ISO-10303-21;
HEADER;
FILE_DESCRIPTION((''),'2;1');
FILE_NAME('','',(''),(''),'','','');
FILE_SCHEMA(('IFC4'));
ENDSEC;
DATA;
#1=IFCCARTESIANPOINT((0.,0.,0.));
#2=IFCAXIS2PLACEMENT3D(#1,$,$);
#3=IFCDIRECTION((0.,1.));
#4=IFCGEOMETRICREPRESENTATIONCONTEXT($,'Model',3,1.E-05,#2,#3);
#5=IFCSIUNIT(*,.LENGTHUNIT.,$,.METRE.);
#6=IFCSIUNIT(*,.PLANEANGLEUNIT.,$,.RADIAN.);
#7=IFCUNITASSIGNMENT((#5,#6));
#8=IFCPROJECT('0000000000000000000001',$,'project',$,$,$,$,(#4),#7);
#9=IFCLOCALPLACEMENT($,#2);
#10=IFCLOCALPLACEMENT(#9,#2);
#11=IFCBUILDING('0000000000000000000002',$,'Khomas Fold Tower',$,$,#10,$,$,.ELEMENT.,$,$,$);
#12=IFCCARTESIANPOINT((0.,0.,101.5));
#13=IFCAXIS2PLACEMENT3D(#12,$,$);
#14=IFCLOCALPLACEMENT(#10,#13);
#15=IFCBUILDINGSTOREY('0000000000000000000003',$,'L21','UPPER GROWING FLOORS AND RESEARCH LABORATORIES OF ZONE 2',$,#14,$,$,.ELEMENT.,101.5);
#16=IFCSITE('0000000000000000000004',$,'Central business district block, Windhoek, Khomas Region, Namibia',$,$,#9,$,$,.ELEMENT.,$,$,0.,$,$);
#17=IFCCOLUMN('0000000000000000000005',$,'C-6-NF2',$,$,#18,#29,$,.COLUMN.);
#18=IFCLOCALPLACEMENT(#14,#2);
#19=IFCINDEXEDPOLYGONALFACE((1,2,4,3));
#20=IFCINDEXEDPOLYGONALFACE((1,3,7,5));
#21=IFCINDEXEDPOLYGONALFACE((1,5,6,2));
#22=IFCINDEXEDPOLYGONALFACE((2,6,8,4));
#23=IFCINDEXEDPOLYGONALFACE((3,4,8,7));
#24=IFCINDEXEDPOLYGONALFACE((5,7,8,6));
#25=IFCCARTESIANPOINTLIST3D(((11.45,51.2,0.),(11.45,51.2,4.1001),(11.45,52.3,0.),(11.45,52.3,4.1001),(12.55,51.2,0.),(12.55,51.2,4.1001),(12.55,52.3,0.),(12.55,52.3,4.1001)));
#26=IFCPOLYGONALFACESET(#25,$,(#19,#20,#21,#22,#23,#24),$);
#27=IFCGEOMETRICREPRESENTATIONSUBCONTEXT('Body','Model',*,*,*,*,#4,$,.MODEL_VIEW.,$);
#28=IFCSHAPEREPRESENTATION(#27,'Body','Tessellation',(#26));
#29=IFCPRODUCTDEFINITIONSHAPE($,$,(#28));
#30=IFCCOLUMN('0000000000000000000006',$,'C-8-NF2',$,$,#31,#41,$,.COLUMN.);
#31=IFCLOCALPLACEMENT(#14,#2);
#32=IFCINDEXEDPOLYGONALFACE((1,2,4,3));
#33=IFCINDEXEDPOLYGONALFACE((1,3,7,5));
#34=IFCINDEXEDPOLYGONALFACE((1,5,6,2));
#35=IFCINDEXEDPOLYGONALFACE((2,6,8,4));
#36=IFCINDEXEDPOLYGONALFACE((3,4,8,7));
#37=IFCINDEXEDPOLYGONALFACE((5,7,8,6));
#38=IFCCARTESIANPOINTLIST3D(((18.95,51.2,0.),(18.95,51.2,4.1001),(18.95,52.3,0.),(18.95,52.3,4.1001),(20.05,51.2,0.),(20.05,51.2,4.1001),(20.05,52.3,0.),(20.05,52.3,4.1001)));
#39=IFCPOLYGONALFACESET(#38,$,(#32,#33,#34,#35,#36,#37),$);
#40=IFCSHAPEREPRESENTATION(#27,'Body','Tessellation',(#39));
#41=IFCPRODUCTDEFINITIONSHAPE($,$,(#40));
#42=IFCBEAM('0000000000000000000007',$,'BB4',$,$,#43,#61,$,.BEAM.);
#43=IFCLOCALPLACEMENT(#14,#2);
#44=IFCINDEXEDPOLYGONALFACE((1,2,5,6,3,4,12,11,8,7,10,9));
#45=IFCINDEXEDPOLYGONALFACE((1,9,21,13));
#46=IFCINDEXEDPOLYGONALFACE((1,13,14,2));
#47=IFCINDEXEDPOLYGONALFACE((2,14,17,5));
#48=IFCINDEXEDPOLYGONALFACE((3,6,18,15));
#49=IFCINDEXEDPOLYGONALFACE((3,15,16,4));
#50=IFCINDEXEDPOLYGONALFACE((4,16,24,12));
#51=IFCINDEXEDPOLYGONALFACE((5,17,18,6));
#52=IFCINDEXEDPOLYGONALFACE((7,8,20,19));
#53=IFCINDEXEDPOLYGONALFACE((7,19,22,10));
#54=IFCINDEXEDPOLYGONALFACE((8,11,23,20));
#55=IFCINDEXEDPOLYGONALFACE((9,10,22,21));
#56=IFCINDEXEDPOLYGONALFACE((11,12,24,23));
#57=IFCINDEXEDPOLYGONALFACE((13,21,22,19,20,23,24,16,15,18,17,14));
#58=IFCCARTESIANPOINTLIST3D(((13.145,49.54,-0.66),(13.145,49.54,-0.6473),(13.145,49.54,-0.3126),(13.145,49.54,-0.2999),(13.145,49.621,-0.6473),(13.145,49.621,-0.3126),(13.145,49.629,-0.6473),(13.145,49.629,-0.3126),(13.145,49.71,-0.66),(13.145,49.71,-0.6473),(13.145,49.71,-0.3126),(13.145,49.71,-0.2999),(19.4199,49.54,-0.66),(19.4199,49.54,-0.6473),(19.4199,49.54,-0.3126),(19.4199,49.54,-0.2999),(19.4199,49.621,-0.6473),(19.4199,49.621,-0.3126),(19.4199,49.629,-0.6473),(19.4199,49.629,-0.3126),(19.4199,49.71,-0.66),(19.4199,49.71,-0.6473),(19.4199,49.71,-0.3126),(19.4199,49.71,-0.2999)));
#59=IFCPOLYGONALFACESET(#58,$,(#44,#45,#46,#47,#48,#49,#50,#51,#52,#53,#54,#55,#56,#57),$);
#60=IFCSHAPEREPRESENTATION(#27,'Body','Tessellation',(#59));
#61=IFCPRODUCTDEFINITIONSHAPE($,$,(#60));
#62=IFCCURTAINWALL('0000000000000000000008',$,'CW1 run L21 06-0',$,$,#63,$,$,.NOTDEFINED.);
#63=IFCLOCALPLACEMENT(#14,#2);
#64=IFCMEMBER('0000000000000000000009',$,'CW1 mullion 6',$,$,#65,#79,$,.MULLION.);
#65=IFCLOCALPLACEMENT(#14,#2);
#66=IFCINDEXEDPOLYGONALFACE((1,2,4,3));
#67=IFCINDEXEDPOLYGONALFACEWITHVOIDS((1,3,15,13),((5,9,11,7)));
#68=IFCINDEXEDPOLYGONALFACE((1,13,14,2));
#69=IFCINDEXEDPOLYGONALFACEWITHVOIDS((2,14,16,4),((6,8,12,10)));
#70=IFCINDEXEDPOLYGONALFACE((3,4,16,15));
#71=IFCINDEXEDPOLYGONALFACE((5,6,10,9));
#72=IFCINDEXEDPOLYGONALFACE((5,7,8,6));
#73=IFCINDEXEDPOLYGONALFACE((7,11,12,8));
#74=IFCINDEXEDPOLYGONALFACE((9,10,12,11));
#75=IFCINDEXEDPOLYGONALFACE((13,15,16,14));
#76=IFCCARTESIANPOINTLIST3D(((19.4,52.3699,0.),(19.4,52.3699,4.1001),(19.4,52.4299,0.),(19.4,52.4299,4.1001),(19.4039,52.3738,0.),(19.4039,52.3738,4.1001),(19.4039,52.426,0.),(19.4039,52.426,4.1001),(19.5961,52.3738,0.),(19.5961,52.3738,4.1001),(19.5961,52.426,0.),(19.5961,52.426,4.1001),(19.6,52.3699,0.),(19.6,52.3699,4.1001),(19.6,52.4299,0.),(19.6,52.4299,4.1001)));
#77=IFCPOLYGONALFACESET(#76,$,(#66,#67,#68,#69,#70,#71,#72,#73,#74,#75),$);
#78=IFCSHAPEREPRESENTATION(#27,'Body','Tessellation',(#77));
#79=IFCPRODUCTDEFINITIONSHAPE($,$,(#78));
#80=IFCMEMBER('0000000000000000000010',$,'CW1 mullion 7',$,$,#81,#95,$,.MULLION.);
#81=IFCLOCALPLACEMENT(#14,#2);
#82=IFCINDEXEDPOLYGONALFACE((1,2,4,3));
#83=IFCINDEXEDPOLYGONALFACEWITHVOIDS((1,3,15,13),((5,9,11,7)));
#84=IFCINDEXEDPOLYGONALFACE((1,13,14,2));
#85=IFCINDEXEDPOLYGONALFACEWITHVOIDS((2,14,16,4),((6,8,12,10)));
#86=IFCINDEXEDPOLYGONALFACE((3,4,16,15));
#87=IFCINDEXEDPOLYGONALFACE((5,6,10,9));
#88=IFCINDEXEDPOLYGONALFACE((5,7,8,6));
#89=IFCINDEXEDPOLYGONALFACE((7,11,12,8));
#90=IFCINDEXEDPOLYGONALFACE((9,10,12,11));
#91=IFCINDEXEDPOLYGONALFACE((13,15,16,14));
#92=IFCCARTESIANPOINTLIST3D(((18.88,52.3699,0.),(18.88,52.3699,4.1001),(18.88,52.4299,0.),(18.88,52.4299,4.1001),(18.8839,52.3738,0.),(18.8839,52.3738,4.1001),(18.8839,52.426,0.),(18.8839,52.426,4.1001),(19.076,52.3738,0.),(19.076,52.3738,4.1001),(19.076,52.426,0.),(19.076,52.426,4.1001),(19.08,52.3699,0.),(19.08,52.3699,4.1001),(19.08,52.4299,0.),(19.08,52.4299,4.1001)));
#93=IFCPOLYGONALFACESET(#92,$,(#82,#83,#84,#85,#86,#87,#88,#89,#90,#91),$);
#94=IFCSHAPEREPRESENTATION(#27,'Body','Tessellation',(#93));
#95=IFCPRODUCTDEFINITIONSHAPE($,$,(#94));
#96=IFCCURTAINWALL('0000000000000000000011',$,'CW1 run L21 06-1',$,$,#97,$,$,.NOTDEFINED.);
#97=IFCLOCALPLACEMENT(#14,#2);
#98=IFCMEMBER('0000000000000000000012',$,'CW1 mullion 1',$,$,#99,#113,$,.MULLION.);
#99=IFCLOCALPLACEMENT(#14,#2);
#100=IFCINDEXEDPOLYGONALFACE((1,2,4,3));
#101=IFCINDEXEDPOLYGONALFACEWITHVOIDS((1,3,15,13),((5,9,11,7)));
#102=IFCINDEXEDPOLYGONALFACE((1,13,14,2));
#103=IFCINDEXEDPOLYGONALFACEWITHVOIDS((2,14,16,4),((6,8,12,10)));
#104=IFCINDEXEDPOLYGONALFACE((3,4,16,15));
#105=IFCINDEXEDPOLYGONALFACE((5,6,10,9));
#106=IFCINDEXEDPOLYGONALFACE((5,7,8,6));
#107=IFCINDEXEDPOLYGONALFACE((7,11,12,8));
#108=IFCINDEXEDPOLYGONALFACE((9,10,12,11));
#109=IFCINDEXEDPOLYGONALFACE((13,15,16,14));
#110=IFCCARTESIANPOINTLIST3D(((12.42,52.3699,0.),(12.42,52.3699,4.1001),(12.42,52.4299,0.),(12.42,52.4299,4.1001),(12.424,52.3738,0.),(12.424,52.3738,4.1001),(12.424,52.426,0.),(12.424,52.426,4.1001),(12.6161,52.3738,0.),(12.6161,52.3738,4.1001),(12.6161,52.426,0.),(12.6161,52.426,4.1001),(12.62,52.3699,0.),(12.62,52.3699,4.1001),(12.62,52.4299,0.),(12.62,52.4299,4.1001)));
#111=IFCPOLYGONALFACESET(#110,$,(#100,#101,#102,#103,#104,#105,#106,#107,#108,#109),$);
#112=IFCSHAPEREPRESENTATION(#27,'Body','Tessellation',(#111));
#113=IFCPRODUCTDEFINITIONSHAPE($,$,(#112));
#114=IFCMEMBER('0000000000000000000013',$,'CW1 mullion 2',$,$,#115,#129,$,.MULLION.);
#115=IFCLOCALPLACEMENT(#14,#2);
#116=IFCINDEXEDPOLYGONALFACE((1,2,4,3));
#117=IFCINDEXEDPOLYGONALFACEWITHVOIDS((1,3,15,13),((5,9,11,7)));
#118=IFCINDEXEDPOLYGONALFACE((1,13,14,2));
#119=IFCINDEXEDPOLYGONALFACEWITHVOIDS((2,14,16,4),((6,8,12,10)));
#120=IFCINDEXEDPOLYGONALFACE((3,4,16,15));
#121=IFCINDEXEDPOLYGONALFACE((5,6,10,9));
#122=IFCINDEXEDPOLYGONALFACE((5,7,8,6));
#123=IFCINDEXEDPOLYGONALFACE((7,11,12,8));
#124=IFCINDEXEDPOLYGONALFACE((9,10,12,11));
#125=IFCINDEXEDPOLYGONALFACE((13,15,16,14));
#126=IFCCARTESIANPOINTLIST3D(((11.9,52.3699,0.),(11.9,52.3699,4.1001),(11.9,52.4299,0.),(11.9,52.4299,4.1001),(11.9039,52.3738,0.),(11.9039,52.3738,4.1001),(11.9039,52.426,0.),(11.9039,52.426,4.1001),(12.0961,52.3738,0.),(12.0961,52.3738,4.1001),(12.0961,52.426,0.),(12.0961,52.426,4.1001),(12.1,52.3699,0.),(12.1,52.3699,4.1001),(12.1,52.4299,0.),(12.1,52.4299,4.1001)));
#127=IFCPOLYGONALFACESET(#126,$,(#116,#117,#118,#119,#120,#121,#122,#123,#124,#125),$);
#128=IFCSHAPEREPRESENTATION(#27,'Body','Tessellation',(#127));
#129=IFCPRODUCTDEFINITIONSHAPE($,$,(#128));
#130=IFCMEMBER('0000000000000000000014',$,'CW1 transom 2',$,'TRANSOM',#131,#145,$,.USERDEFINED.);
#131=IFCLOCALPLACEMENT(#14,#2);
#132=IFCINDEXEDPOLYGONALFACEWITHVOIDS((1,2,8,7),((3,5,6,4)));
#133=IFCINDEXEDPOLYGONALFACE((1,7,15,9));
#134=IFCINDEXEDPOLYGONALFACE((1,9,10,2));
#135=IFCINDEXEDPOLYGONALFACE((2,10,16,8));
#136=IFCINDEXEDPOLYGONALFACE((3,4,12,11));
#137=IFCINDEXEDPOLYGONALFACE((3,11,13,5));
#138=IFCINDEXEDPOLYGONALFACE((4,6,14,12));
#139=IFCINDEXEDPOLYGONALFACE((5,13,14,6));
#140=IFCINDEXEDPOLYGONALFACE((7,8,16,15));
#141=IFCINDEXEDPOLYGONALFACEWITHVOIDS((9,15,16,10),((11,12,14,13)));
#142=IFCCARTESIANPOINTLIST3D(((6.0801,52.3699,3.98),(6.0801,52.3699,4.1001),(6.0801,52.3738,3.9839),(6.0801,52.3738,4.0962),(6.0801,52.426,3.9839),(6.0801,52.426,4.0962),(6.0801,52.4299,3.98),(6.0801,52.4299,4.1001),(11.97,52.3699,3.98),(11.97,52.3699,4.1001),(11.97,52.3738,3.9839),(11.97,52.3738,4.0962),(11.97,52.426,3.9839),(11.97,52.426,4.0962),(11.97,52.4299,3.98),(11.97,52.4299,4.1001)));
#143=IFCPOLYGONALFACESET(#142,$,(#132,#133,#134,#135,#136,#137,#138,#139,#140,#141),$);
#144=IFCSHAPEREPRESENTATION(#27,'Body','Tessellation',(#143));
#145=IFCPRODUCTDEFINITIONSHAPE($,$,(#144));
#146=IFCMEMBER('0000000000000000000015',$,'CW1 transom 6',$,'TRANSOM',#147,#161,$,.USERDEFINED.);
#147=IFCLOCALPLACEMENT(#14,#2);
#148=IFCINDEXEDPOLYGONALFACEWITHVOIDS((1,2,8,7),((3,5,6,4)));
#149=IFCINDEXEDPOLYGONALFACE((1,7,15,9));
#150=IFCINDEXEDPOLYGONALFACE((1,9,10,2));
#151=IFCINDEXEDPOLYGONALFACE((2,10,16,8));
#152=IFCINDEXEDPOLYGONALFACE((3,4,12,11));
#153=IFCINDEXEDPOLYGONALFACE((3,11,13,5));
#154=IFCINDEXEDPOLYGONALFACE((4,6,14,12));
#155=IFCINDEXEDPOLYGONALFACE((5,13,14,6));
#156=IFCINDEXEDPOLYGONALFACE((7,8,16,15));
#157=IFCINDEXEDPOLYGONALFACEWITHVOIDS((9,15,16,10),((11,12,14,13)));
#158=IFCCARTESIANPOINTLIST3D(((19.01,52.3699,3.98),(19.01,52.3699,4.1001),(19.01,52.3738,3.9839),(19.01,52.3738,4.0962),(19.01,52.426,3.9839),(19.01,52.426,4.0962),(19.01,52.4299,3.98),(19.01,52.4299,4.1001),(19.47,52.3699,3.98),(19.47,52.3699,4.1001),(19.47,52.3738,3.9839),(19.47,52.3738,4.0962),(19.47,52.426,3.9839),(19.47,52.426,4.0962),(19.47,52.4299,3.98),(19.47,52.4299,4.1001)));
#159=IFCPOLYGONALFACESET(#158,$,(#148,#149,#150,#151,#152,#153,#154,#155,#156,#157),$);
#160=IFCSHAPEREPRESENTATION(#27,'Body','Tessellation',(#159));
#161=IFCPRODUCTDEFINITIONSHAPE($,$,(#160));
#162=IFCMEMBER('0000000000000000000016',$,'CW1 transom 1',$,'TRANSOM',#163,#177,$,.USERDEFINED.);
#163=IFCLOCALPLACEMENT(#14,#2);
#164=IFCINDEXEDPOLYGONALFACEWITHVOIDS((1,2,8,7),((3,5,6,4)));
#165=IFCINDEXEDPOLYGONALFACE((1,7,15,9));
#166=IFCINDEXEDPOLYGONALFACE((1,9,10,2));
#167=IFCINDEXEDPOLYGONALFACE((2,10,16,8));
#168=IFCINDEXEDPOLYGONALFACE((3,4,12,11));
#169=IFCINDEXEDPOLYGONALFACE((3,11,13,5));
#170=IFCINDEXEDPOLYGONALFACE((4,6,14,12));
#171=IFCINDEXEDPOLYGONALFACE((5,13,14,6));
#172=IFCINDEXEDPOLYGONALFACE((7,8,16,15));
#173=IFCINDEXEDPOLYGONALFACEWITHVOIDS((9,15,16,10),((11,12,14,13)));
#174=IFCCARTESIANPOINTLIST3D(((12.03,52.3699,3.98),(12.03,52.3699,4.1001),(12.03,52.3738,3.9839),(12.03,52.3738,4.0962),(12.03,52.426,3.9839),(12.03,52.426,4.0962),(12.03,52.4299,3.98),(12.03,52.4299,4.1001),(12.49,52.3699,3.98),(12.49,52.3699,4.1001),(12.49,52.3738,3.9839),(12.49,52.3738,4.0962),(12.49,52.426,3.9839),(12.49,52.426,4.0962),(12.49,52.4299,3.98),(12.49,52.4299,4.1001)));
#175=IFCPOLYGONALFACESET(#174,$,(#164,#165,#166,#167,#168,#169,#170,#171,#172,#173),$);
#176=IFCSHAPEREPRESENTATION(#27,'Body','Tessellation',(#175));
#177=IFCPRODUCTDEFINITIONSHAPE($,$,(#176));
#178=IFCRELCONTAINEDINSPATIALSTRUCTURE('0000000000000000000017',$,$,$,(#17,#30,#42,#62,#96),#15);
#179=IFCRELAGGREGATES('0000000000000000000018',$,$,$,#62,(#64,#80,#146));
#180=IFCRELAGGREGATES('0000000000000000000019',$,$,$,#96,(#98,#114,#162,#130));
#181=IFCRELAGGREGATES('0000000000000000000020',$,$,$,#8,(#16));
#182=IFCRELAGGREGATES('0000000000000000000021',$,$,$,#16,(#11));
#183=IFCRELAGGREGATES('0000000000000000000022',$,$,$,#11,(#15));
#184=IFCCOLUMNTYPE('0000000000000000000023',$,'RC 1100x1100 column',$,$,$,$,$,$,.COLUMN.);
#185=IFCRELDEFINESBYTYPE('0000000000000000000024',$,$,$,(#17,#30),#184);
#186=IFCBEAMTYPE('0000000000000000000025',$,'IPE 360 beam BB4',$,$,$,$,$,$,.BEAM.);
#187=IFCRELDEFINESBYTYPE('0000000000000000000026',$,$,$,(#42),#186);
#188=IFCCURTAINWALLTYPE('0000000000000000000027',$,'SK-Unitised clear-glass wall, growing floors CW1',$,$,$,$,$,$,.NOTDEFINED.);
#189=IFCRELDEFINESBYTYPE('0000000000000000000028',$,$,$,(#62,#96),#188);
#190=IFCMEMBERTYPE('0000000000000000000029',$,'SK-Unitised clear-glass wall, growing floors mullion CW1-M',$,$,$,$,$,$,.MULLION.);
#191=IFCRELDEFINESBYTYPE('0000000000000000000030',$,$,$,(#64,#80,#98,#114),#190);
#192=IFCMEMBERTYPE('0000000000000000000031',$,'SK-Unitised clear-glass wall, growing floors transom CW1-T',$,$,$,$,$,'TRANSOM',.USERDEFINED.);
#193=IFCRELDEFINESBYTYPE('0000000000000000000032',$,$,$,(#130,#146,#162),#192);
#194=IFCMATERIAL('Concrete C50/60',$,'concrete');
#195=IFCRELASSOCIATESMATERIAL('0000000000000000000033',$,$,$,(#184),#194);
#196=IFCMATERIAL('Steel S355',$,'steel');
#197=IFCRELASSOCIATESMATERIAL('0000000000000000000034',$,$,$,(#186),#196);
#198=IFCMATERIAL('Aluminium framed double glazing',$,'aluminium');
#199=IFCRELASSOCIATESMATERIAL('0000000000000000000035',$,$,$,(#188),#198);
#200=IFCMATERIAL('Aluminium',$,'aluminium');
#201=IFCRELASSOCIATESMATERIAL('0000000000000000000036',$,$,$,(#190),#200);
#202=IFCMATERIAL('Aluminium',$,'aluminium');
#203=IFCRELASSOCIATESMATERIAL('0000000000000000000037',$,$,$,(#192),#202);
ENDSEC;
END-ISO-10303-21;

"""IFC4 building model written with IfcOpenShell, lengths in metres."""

from ifc_helpers import new_model, si_unit, direction, frame, origin, origin_2d, place, context, subcontext, project, spatial, rectangle, hollow_rectangle, i_section, extrude, source, transform, mapped, material, material_profile, profile_set, type_object, element, aggregate, save


model = new_model("IFC4")

# Units and contexts
model_context = context("Model", 3, precision=1e-05, world=origin(), true_north=direction((0.0, 1.0)))
body_context = subcontext(model_context, "Body", "Model", "MODEL_VIEW")
ifc_project = project(units=[si_unit("LENGTHUNIT", "METRE"), si_unit("PLANEANGLEUNIT", "RADIAN")], contexts=[model_context])

# Site, building, storey
site_placement = place(None, origin())
site = spatial("IfcSite", under=ifc_project, at=site_placement, Name="Central business district block, Windhoek, Khomas Region, Namibia", CompositionType="ELEMENT", RefElevation=0.0)
building_placement = place(site_placement, origin())
building = spatial("IfcBuilding", under=site, at=building_placement, Name="Khomas Fold Tower", CompositionType="ELEMENT")
storey_placement = place(building_placement, frame((0.0, 0.0, 101.5)))
storey = spatial("IfcBuildingStorey", under=building, at=storey_placement, Name="L21", Description="UPPER GROWING FLOORS AND RESEARCH LABORATORIES OF ZONE 2", CompositionType="ELEMENT", Elevation=101.5)

# Columns
ifc_material_1 = material(Name="Concrete C50/60", Category="concrete")
ifc_material_profile_1 = material_profile(ifc_material_1, rectangle(XDim=1.1001, YDim=1.1001, at=origin_2d()), Name="RC 1100x1100")
ifc_profile_set_1 = profile_set([ifc_material_profile_1], Name="Concrete C50/60")
column_type = type_object("IfcColumnType", Name="RC 1100x1100 column", PredefinedType="COLUMN", material=ifc_profile_set_1)
shared_shape_1 = source(origin(), body_context, "Body", "SweptSolid", [
    extrude(rectangle(XDim=1.1001, YDim=1.1001, at=origin_2d()), origin(), (0.0, 0.0, 1.0), 4.1001),
])
for number, where, z_axis, x_axis, name in (
    (1, (12.0, 51.75, 0.0), (0.0, 0.0, 1.0), (1.0, 0.0, 0.0), "C-6-NF2"),
    (2, (19.5, 51.75, 0.0), (0.0, 0.0, 1.0), (1.0, 0.0, 0.0), "C-8-NF2"),
):
    element("IfcColumn", number, at=place(storey_placement, frame(where, z_axis=z_axis, x_axis=x_axis)), inside=storey, type_object=column_type, Name=name, PredefinedType="COLUMN", context=body_context, shape_type="MappedRepresentation", body=[
        mapped(shared_shape_1, transform((0.0, 0.0, 0.0))),
    ])

# Beam
ifc_material_2 = material(Name="Steel S355", Category="steel")
ifc_material_profile_2 = material_profile(ifc_material_2, i_section(OverallWidth=0.1699, OverallDepth=0.3601, WebThickness=0.0081, FlangeThickness=0.0127, at=origin_2d()), Name="IPE 360")
ifc_profile_set_2 = profile_set([ifc_material_profile_2], Name="Steel S355")
beam_type = type_object("IfcBeamType", Name="IPE 360 beam BB4", PredefinedType="BEAM", material=ifc_profile_set_2)
shared_shape_2 = source(origin(), body_context, "Body", "SweptSolid", [
    extrude(i_section(OverallWidth=0.1699, OverallDepth=0.3601, WebThickness=0.0081, FlangeThickness=0.0127, at=origin_2d()), origin(), (0.0, 0.0, 1.0), 6.2749),
])
beam_placement = place(storey_placement, frame((13.145, 49.625, -0.48), z_axis=(1.0, 0.0, 0.0), x_axis=(0.0, 1.0, 0.0)))
element("IfcBeam", 3, at=beam_placement, inside=storey, type_object=beam_type, Name="BB4", PredefinedType="BEAM", context=body_context, shape_type="MappedRepresentation", body=[
    mapped(shared_shape_2, transform((0.0, 0.0, 0.0))),
])

# Curtain walls, members
ifc_material_3 = material(Name="Aluminium framed double glazing", Category="aluminium")
curtain_wall_type = type_object("IfcCurtainWallType", Name="SK-Unitised clear-glass wall, growing floors CW1", PredefinedType="NOTDEFINED", material=ifc_material_3)
curtain_wall_1_placement = place(storey_placement, origin())
curtain_wall_1 = element("IfcCurtainWall", 4, at=curtain_wall_1_placement, inside=storey, type_object=curtain_wall_type, Name="CW1 run L21 06-0", PredefinedType="NOTDEFINED")
ifc_material_4 = material(Name="Aluminium", Category="aluminium")
ifc_material_profile_3 = material_profile(ifc_material_4, hollow_rectangle(XDim=0.0601, YDim=0.2, WallThickness=0.0039, at=origin_2d()), Name="SK-Unitised clear-glass wall, growing floors mullion CW1-M")
ifc_profile_set_3 = profile_set([ifc_material_profile_3], Name="Aluminium")
member_type_1 = type_object("IfcMemberType", Name="SK-Unitised clear-glass wall, growing floors mullion CW1-M", PredefinedType="MULLION", material=ifc_profile_set_3)
shared_shape_3 = source(origin(), body_context, "Body", "SweptSolid", [
    extrude(hollow_rectangle(XDim=0.0601, YDim=0.2, WallThickness=0.0039, at=origin_2d()), origin(), (0.0, 0.0, 1.0), 4.1001),
])
member_1_placement = place(storey_placement, frame((19.5, 52.3999, 0.0), z_axis=(0.0, 0.0, 1.0), x_axis=(0.0, -1.0, 0.0)))
member_1 = element("IfcMember", 5, at=member_1_placement, type_object=member_type_1, Name="CW1 mullion 6", PredefinedType="MULLION", context=body_context, shape_type="MappedRepresentation", body=[
    mapped(shared_shape_3, transform((0.0, 0.0, 0.0))),
])
member_2_placement = place(storey_placement, frame((18.98, 52.3999, 0.0), z_axis=(0.0, 0.0, 1.0), x_axis=(0.0, -1.0, 0.0)))
member_2 = element("IfcMember", 6, at=member_2_placement, type_object=member_type_1, Name="CW1 mullion 7", PredefinedType="MULLION", context=body_context, shape_type="MappedRepresentation", body=[
    mapped(shared_shape_3, transform((0.0, 0.0, 0.0))),
])
curtain_wall_2_placement = place(storey_placement, origin())
curtain_wall_2 = element("IfcCurtainWall", 7, at=curtain_wall_2_placement, inside=storey, type_object=curtain_wall_type, Name="CW1 run L21 06-1", PredefinedType="NOTDEFINED")
member_3_placement = place(storey_placement, frame((12.52, 52.3999, 0.0), z_axis=(0.0, 0.0, 1.0), x_axis=(0.0, -1.0, 0.0)))
member_3 = element("IfcMember", 8, at=member_3_placement, type_object=member_type_1, Name="CW1 mullion 1", PredefinedType="MULLION", context=body_context, shape_type="MappedRepresentation", body=[
    mapped(shared_shape_3, transform((0.0, 0.0, 0.0))),
])
member_4_placement = place(storey_placement, frame((12.0, 52.3999, 0.0), z_axis=(0.0, 0.0, 1.0), x_axis=(0.0, -1.0, 0.0)))
member_4 = element("IfcMember", 9, at=member_4_placement, type_object=member_type_1, Name="CW1 mullion 2", PredefinedType="MULLION", context=body_context, shape_type="MappedRepresentation", body=[
    mapped(shared_shape_3, transform((0.0, 0.0, 0.0))),
])
ifc_material_5 = material(Name="Aluminium", Category="aluminium")
ifc_material_profile_4 = material_profile(ifc_material_5, hollow_rectangle(XDim=0.0601, YDim=0.1201, WallThickness=0.0039, at=origin_2d()), Name="SK-Unitised clear-glass wall, growing floors transom CW1-T")
ifc_profile_set_4 = profile_set([ifc_material_profile_4], Name="Aluminium")
member_type_2 = type_object("IfcMemberType", Name="SK-Unitised clear-glass wall, growing floors transom CW1-T", ElementType="TRANSOM", PredefinedType="USERDEFINED", material=ifc_profile_set_4)
shared_shape_4 = source(origin(), body_context, "Body", "SweptSolid", [
    extrude(hollow_rectangle(XDim=0.0601, YDim=0.1201, WallThickness=0.0039, at=origin_2d()), origin(), (0.0, 0.0, 1.0), 5.8899),
])
member_5_placement = place(storey_placement, frame((11.97, 52.3999, 4.04), z_axis=(-1.0, 0.0, 0.0), x_axis=(0.0, -1.0, 0.0)))
member_5 = element("IfcMember", 10, at=member_5_placement, type_object=member_type_2, Name="CW1 transom 2", ObjectType="TRANSOM", PredefinedType="USERDEFINED", context=body_context, shape_type="MappedRepresentation", body=[
    mapped(shared_shape_4, transform((0.0, 0.0, 0.0))),
])

# Members
shared_shape_5 = source(origin(), body_context, "Body", "SweptSolid", [
    extrude(hollow_rectangle(XDim=0.0601, YDim=0.1201, WallThickness=0.0039, at=origin_2d()), origin(), (0.0, 0.0, 1.0), 0.46),
])
member_6_placement = place(storey_placement, frame((19.47, 52.3999, 4.04), z_axis=(-1.0, 0.0, 0.0), x_axis=(0.0, -1.0, 0.0)))
member_6 = element("IfcMember", 11, at=member_6_placement, type_object=member_type_2, Name="CW1 transom 6", ObjectType="TRANSOM", PredefinedType="USERDEFINED", context=body_context, shape_type="MappedRepresentation", body=[
    mapped(shared_shape_5, transform((0.0, 0.0, 0.0))),
])
member_7_placement = place(storey_placement, frame((12.49, 52.3999, 4.04), z_axis=(-1.0, 0.0, 0.0), x_axis=(0.0, -1.0, 0.0)))
member_7 = element("IfcMember", 12, at=member_7_placement, type_object=member_type_2, Name="CW1 transom 1", ObjectType="TRANSOM", PredefinedType="USERDEFINED", context=body_context, shape_type="MappedRepresentation", body=[
    mapped(shared_shape_5, transform((0.0, 0.0, 0.0))),
])

aggregate(curtain_wall_1, [member_1, member_2, member_6])
aggregate(curtain_wall_2, [member_3, member_4, member_7, member_5])

save(model, "model.ifc")
